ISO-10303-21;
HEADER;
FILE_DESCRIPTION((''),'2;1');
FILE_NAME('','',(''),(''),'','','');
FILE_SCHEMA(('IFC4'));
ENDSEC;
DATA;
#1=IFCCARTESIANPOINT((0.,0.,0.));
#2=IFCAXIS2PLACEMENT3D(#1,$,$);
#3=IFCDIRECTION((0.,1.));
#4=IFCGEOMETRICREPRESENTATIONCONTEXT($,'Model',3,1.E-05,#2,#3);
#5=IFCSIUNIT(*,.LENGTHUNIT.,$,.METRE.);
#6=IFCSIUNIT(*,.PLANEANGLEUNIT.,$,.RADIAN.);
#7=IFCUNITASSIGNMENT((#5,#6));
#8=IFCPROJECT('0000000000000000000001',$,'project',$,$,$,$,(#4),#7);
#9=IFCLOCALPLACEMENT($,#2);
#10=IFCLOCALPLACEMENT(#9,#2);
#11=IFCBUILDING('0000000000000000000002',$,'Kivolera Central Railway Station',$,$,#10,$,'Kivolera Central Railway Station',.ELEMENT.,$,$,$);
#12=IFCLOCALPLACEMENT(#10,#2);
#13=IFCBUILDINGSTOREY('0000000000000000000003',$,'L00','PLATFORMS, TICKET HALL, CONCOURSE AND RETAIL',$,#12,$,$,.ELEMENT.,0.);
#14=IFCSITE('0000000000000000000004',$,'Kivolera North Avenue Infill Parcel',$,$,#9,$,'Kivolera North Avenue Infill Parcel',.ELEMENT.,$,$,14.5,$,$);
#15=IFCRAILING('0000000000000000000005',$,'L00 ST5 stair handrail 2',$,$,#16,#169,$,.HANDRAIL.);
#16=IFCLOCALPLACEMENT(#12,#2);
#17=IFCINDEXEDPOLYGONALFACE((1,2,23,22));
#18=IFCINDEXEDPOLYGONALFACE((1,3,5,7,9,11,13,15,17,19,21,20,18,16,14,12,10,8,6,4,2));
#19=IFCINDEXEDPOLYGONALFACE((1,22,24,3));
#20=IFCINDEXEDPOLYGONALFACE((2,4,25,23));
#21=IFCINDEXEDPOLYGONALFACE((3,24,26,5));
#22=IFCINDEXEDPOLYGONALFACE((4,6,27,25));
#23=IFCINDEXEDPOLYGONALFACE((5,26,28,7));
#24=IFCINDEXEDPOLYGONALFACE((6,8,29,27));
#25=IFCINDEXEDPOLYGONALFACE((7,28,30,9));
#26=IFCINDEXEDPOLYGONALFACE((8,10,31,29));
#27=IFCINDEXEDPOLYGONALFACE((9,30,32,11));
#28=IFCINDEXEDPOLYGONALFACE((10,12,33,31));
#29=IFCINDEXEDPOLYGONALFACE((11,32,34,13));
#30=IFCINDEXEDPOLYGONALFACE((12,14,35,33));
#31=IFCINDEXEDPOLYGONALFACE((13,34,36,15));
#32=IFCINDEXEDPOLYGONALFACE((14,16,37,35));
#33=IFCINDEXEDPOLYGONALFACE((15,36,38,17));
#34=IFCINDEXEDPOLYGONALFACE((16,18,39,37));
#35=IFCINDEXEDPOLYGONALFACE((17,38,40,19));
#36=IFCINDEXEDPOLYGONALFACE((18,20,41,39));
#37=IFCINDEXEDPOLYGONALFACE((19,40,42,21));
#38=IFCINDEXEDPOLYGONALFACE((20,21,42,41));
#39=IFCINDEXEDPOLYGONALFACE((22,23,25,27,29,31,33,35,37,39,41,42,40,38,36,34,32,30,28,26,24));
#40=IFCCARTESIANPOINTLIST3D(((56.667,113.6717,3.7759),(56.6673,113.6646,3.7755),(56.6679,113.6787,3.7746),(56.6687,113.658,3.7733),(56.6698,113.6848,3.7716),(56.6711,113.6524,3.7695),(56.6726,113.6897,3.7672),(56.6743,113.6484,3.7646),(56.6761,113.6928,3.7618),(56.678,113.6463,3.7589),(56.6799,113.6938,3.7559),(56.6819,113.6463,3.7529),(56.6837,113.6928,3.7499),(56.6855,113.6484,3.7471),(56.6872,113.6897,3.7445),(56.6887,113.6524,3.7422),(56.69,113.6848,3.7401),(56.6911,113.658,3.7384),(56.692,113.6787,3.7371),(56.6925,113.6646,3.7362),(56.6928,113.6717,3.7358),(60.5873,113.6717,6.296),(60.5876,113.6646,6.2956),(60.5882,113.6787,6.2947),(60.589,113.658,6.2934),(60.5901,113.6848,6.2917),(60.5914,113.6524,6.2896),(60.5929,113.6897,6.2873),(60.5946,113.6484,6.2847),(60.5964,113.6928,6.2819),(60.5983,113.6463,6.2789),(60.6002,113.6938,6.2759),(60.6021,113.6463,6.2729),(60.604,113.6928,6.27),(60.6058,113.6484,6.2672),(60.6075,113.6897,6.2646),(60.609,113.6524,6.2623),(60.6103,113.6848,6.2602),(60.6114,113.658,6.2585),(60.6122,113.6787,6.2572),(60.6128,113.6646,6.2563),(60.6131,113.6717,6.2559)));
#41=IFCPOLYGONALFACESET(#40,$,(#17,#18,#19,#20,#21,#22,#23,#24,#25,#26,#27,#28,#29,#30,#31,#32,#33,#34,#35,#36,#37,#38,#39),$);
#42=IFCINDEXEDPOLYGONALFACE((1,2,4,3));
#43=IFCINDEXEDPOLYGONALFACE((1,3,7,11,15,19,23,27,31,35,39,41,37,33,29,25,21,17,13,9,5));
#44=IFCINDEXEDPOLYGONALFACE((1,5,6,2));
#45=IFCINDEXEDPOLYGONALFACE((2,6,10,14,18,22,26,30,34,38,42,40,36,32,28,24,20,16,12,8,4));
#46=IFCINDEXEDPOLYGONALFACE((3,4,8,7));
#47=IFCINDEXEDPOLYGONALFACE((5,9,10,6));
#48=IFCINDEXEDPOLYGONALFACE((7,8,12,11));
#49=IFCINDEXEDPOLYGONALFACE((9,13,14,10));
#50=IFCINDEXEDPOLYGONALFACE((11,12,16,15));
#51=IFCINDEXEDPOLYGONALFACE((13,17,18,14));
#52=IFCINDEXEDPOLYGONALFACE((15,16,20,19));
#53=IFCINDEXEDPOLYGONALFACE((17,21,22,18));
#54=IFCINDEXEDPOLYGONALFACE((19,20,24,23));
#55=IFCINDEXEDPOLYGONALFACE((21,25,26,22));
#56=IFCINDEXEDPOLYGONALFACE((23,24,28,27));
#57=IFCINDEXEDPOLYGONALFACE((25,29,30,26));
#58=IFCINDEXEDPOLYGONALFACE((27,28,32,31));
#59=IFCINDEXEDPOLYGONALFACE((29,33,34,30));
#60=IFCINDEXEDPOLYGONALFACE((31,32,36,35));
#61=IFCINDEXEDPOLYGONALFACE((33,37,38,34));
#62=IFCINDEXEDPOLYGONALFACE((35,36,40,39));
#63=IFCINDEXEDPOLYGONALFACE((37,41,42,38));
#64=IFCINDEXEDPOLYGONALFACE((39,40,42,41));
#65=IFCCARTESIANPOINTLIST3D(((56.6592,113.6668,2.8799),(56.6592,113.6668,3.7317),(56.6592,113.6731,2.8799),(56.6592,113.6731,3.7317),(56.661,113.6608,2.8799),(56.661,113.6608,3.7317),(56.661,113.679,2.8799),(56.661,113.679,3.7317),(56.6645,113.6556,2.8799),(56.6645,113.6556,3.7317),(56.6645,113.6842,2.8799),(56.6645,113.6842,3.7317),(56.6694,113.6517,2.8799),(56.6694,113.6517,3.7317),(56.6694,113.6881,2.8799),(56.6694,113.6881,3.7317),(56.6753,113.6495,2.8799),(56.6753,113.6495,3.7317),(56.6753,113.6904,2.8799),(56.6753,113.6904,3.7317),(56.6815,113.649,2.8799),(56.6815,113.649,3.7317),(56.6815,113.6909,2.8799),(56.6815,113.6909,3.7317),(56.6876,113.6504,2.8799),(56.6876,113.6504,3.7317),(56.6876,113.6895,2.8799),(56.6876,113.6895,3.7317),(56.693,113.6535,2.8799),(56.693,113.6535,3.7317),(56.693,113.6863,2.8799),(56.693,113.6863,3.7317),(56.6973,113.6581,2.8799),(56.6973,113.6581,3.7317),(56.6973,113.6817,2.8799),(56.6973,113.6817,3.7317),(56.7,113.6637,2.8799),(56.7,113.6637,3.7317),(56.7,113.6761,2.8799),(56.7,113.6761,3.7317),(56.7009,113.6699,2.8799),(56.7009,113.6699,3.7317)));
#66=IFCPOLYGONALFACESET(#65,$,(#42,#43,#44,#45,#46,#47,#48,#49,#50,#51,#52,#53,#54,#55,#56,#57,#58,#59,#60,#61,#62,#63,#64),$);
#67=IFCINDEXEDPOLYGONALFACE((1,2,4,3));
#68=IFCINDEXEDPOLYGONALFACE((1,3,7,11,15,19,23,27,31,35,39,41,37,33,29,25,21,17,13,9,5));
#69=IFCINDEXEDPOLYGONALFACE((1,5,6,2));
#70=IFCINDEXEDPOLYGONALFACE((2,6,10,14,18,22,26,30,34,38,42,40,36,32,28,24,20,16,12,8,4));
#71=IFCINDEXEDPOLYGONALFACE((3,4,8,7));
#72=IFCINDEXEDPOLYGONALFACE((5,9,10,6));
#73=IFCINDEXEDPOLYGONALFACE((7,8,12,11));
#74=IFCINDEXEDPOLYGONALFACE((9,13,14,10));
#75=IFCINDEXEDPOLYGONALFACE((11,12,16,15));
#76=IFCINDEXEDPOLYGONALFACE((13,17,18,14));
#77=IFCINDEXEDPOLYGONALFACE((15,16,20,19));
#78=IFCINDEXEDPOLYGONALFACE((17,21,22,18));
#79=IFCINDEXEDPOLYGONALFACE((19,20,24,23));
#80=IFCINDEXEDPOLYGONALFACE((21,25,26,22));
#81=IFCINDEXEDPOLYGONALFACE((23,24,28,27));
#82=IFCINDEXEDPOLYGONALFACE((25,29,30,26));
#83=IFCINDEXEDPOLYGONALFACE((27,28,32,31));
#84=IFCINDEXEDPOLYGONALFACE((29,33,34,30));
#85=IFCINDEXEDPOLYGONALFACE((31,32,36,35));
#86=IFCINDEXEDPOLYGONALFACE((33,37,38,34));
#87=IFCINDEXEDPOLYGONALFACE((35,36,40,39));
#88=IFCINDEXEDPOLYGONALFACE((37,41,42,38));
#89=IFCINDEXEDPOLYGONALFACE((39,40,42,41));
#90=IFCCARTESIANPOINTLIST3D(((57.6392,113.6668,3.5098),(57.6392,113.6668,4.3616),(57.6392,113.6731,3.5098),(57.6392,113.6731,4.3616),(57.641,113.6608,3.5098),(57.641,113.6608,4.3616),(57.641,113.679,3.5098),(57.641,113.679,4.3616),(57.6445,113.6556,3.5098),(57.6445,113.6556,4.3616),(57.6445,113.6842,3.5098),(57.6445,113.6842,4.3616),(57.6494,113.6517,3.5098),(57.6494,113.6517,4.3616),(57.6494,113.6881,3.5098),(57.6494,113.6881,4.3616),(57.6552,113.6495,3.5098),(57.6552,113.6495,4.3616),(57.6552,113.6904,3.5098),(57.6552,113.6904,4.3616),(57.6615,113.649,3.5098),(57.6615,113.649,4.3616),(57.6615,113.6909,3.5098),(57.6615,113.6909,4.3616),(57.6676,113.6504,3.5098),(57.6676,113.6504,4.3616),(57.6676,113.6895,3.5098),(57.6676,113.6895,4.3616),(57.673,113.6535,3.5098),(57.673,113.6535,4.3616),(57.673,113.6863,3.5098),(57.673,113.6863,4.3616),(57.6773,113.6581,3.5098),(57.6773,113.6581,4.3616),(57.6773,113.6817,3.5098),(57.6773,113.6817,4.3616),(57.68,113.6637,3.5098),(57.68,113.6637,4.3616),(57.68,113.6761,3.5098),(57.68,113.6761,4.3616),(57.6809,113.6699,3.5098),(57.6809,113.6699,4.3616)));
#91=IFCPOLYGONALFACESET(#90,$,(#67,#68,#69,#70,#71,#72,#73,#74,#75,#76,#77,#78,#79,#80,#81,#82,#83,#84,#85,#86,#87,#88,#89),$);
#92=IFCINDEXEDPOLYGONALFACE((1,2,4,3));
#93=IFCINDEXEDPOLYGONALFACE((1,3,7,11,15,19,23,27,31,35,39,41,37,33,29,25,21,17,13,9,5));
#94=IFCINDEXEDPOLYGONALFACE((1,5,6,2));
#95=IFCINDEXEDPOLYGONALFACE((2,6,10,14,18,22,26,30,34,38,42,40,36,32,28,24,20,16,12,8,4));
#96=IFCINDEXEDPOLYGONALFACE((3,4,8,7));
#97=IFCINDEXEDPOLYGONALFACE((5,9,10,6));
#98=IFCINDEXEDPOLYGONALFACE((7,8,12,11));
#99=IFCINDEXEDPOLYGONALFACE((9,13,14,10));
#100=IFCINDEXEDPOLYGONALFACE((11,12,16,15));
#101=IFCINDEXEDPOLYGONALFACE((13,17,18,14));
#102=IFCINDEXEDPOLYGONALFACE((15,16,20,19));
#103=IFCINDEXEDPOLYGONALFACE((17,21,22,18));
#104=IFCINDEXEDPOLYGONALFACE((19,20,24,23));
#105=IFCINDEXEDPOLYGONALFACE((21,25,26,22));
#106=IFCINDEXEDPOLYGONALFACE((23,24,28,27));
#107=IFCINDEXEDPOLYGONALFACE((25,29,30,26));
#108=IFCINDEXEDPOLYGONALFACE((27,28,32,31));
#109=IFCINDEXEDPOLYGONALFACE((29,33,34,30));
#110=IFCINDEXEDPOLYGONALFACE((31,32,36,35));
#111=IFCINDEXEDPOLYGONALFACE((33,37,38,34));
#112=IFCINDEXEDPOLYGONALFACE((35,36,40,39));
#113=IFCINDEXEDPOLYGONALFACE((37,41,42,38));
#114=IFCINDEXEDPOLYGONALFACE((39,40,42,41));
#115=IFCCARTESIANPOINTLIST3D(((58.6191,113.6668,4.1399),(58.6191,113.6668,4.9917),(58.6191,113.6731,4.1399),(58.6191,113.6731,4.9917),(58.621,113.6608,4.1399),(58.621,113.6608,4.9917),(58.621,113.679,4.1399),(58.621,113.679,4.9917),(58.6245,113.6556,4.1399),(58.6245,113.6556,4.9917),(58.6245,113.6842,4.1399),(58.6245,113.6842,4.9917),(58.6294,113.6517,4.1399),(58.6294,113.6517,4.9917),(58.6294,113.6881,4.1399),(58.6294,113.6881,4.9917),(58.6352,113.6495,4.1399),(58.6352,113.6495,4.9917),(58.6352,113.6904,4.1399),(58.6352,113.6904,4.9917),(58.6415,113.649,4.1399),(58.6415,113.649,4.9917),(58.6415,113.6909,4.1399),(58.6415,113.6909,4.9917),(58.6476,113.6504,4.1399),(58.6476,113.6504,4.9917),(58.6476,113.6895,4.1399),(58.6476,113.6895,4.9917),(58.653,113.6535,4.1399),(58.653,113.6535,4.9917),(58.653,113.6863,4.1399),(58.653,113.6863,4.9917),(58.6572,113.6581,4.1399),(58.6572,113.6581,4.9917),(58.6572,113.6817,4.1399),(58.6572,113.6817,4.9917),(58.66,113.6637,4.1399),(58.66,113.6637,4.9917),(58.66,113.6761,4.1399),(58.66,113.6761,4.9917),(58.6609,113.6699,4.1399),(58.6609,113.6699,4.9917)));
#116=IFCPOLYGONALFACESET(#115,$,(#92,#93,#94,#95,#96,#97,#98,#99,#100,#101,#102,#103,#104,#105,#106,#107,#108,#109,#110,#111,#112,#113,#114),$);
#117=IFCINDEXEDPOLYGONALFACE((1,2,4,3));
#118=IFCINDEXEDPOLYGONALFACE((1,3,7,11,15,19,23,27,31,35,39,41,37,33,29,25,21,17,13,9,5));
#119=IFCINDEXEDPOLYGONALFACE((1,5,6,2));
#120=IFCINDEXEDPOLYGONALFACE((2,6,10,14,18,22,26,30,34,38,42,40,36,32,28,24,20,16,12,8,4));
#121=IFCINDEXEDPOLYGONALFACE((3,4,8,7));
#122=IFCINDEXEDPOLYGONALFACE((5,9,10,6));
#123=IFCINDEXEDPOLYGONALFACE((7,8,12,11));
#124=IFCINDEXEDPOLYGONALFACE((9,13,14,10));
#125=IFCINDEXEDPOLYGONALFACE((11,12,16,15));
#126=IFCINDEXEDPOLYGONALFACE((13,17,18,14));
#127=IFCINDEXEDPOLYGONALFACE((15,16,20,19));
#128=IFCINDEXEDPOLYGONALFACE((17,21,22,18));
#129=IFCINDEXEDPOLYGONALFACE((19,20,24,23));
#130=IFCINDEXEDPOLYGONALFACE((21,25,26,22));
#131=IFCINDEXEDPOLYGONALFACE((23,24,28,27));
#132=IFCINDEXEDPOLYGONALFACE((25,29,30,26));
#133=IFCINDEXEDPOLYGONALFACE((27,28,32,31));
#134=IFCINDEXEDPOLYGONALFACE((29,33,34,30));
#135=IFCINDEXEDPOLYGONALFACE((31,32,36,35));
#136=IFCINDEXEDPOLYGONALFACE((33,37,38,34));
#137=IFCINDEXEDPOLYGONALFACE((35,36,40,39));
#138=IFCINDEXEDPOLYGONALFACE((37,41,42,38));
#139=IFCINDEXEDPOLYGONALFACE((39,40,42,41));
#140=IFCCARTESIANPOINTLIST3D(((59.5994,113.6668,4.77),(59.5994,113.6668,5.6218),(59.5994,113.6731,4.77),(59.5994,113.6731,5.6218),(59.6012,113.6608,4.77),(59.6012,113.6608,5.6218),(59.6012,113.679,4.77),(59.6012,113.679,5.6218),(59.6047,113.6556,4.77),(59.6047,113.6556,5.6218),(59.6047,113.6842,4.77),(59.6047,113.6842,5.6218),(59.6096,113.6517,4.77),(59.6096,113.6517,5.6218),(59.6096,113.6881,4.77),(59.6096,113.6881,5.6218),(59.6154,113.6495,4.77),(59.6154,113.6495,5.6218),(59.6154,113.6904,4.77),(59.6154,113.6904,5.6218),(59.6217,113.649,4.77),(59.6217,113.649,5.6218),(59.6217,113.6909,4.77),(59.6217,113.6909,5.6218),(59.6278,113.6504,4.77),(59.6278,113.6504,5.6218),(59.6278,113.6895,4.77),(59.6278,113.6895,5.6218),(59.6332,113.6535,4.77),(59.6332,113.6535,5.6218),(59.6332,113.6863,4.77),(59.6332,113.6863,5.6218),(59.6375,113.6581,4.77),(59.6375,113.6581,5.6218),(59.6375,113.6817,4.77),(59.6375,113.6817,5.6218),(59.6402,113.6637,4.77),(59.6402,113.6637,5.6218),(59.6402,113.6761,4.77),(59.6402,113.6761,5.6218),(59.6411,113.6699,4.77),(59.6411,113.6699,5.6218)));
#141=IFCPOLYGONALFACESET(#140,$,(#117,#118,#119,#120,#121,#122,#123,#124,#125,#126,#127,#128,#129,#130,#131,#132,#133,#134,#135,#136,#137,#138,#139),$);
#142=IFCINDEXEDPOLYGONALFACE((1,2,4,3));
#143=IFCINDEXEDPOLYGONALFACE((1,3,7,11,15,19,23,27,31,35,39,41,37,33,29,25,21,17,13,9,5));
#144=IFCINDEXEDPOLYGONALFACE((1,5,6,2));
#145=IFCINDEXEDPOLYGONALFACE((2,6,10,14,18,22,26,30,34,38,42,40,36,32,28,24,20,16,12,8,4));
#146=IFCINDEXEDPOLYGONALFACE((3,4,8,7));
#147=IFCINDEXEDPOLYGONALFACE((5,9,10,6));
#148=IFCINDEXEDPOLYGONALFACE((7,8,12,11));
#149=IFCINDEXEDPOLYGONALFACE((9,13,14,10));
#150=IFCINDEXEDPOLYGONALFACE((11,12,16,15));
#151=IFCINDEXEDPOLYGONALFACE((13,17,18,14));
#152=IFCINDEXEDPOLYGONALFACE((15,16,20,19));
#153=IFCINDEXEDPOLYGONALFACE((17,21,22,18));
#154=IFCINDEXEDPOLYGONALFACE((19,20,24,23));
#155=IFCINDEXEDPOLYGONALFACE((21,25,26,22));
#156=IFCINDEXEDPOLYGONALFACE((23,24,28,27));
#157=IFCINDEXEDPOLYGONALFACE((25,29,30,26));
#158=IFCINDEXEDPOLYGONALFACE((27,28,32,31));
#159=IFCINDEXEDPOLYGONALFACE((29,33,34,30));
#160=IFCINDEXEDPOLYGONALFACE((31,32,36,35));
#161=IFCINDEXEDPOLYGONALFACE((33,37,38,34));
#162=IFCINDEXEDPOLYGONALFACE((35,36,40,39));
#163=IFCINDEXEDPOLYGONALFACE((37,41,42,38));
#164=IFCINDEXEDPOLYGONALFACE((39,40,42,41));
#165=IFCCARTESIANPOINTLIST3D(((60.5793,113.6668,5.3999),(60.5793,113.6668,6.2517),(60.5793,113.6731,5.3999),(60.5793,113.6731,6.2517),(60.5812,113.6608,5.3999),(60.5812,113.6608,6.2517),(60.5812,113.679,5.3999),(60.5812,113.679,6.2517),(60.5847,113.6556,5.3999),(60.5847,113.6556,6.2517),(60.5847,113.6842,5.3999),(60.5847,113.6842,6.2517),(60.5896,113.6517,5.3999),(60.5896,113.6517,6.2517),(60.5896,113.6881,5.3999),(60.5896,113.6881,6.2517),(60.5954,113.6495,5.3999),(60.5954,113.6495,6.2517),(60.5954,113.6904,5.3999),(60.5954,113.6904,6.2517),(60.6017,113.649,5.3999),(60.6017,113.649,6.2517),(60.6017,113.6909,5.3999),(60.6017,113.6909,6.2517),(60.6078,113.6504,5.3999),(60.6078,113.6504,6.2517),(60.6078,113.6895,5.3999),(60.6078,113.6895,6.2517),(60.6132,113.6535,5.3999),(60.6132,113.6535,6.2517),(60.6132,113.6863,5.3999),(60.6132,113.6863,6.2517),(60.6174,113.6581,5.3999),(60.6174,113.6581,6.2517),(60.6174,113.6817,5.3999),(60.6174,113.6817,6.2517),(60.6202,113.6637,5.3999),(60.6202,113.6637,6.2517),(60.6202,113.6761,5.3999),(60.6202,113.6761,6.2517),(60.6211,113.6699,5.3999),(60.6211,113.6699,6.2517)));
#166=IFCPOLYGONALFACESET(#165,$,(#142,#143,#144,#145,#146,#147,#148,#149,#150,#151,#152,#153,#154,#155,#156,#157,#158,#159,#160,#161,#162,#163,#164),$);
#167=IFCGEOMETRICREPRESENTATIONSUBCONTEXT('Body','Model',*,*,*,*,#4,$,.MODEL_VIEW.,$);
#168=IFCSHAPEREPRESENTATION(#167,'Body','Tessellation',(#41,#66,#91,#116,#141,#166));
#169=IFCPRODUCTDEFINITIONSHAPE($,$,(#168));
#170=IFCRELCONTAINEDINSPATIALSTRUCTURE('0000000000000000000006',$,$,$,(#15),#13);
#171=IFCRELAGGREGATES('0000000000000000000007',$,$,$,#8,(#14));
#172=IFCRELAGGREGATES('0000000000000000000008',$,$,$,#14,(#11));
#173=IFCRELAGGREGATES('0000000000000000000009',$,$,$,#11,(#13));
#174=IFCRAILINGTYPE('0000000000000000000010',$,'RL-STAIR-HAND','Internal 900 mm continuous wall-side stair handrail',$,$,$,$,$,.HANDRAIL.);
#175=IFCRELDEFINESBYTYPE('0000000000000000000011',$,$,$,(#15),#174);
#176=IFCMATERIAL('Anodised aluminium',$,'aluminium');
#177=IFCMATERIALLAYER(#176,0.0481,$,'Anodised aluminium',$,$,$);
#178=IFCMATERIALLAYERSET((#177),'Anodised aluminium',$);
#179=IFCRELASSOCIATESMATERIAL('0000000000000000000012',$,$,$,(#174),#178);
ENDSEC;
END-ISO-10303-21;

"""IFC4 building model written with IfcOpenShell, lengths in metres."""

from ifc_helpers import new_model, si_unit, direction, frame, origin, origin_2d, place, context, subcontext, project, spatial, circle, extrude, material, layer, layer_set, type_object, element, save


model = new_model("IFC4")

# Units and contexts
model_context = context("Model", 3, precision=1e-05, world=origin(), true_north=direction((0.0, 1.0)))
body_context = subcontext(model_context, "Body", "Model", "MODEL_VIEW")
ifc_project = project(units=[si_unit("LENGTHUNIT", "METRE"), si_unit("PLANEANGLEUNIT", "RADIAN")], contexts=[model_context])

# Site, building, storey
site_placement = place(None, origin())
site = spatial("IfcSite", under=ifc_project, at=site_placement, Name="Kivolera North Avenue Infill Parcel", LongName="Kivolera North Avenue Infill Parcel", CompositionType="ELEMENT", RefElevation=14.5)
building_placement = place(site_placement, origin())
building = spatial("IfcBuilding", under=site, at=building_placement, Name="Kivolera Central Railway Station", LongName="Kivolera Central Railway Station", CompositionType="ELEMENT")
storey_placement = place(building_placement, origin())
storey = spatial("IfcBuildingStorey", under=building, at=storey_placement, Name="L00", Description="PLATFORMS, TICKET HALL, CONCOURSE AND RETAIL", CompositionType="ELEMENT", Elevation=0.0)

# Railing
ifc_material_1 = material(Name="Anodised aluminium", Category="aluminium")
ifc_layer_1 = layer(ifc_material_1, 0.0481, Name="Anodised aluminium")
ifc_layer_set_1 = layer_set([ifc_layer_1], Name="Anodised aluminium")
railing_type_1 = type_object("IfcRailingType", Name="RL-STAIR-HAND", Description="Internal 900 mm continuous wall-side stair handrail", PredefinedType="HANDRAIL", material=ifc_layer_set_1)
railing_1_placement = place(storey_placement, frame((56.6799, 113.6699, 2.8799)))
element("IfcRailing", 1, at=railing_1_placement, inside=storey, type_object=railing_type_1, Name="L00 ST5 stair handrail 2", PredefinedType="HANDRAIL", context=body_context, shape_type="SweptSolid", body=[
    extrude(circle(Radius=0.0239, at=origin_2d()), frame((0.0, 0.0, 0.876), z_axis=(0.841187, 0.0, 0.540744), x_axis=(0.0, 1.0, 0.0)), (0.0, 0.0, 1.0), 4.6604),
    extrude(circle(Radius=0.021, at=origin_2d()), origin(), (0.0, 0.0, 1.0), 0.8518),
    extrude(circle(Radius=0.021, at=origin_2d()), frame((0.98, 0.0, 0.6299)), (0.0, 0.0, 1.0), 0.8518),
    extrude(circle(Radius=0.021, at=origin_2d()), frame((1.96, 0.0, 1.26)), (0.0, 0.0, 1.0), 0.8518),
    extrude(circle(Radius=0.021, at=origin_2d()), frame((2.9402, 0.0, 1.8901)), (0.0, 0.0, 1.0), 0.8518),
    extrude(circle(Radius=0.021, at=origin_2d()), frame((3.9202, 0.0, 2.52)), (0.0, 0.0, 1.0), 0.8518),
])

save(model, "model.ifc")
